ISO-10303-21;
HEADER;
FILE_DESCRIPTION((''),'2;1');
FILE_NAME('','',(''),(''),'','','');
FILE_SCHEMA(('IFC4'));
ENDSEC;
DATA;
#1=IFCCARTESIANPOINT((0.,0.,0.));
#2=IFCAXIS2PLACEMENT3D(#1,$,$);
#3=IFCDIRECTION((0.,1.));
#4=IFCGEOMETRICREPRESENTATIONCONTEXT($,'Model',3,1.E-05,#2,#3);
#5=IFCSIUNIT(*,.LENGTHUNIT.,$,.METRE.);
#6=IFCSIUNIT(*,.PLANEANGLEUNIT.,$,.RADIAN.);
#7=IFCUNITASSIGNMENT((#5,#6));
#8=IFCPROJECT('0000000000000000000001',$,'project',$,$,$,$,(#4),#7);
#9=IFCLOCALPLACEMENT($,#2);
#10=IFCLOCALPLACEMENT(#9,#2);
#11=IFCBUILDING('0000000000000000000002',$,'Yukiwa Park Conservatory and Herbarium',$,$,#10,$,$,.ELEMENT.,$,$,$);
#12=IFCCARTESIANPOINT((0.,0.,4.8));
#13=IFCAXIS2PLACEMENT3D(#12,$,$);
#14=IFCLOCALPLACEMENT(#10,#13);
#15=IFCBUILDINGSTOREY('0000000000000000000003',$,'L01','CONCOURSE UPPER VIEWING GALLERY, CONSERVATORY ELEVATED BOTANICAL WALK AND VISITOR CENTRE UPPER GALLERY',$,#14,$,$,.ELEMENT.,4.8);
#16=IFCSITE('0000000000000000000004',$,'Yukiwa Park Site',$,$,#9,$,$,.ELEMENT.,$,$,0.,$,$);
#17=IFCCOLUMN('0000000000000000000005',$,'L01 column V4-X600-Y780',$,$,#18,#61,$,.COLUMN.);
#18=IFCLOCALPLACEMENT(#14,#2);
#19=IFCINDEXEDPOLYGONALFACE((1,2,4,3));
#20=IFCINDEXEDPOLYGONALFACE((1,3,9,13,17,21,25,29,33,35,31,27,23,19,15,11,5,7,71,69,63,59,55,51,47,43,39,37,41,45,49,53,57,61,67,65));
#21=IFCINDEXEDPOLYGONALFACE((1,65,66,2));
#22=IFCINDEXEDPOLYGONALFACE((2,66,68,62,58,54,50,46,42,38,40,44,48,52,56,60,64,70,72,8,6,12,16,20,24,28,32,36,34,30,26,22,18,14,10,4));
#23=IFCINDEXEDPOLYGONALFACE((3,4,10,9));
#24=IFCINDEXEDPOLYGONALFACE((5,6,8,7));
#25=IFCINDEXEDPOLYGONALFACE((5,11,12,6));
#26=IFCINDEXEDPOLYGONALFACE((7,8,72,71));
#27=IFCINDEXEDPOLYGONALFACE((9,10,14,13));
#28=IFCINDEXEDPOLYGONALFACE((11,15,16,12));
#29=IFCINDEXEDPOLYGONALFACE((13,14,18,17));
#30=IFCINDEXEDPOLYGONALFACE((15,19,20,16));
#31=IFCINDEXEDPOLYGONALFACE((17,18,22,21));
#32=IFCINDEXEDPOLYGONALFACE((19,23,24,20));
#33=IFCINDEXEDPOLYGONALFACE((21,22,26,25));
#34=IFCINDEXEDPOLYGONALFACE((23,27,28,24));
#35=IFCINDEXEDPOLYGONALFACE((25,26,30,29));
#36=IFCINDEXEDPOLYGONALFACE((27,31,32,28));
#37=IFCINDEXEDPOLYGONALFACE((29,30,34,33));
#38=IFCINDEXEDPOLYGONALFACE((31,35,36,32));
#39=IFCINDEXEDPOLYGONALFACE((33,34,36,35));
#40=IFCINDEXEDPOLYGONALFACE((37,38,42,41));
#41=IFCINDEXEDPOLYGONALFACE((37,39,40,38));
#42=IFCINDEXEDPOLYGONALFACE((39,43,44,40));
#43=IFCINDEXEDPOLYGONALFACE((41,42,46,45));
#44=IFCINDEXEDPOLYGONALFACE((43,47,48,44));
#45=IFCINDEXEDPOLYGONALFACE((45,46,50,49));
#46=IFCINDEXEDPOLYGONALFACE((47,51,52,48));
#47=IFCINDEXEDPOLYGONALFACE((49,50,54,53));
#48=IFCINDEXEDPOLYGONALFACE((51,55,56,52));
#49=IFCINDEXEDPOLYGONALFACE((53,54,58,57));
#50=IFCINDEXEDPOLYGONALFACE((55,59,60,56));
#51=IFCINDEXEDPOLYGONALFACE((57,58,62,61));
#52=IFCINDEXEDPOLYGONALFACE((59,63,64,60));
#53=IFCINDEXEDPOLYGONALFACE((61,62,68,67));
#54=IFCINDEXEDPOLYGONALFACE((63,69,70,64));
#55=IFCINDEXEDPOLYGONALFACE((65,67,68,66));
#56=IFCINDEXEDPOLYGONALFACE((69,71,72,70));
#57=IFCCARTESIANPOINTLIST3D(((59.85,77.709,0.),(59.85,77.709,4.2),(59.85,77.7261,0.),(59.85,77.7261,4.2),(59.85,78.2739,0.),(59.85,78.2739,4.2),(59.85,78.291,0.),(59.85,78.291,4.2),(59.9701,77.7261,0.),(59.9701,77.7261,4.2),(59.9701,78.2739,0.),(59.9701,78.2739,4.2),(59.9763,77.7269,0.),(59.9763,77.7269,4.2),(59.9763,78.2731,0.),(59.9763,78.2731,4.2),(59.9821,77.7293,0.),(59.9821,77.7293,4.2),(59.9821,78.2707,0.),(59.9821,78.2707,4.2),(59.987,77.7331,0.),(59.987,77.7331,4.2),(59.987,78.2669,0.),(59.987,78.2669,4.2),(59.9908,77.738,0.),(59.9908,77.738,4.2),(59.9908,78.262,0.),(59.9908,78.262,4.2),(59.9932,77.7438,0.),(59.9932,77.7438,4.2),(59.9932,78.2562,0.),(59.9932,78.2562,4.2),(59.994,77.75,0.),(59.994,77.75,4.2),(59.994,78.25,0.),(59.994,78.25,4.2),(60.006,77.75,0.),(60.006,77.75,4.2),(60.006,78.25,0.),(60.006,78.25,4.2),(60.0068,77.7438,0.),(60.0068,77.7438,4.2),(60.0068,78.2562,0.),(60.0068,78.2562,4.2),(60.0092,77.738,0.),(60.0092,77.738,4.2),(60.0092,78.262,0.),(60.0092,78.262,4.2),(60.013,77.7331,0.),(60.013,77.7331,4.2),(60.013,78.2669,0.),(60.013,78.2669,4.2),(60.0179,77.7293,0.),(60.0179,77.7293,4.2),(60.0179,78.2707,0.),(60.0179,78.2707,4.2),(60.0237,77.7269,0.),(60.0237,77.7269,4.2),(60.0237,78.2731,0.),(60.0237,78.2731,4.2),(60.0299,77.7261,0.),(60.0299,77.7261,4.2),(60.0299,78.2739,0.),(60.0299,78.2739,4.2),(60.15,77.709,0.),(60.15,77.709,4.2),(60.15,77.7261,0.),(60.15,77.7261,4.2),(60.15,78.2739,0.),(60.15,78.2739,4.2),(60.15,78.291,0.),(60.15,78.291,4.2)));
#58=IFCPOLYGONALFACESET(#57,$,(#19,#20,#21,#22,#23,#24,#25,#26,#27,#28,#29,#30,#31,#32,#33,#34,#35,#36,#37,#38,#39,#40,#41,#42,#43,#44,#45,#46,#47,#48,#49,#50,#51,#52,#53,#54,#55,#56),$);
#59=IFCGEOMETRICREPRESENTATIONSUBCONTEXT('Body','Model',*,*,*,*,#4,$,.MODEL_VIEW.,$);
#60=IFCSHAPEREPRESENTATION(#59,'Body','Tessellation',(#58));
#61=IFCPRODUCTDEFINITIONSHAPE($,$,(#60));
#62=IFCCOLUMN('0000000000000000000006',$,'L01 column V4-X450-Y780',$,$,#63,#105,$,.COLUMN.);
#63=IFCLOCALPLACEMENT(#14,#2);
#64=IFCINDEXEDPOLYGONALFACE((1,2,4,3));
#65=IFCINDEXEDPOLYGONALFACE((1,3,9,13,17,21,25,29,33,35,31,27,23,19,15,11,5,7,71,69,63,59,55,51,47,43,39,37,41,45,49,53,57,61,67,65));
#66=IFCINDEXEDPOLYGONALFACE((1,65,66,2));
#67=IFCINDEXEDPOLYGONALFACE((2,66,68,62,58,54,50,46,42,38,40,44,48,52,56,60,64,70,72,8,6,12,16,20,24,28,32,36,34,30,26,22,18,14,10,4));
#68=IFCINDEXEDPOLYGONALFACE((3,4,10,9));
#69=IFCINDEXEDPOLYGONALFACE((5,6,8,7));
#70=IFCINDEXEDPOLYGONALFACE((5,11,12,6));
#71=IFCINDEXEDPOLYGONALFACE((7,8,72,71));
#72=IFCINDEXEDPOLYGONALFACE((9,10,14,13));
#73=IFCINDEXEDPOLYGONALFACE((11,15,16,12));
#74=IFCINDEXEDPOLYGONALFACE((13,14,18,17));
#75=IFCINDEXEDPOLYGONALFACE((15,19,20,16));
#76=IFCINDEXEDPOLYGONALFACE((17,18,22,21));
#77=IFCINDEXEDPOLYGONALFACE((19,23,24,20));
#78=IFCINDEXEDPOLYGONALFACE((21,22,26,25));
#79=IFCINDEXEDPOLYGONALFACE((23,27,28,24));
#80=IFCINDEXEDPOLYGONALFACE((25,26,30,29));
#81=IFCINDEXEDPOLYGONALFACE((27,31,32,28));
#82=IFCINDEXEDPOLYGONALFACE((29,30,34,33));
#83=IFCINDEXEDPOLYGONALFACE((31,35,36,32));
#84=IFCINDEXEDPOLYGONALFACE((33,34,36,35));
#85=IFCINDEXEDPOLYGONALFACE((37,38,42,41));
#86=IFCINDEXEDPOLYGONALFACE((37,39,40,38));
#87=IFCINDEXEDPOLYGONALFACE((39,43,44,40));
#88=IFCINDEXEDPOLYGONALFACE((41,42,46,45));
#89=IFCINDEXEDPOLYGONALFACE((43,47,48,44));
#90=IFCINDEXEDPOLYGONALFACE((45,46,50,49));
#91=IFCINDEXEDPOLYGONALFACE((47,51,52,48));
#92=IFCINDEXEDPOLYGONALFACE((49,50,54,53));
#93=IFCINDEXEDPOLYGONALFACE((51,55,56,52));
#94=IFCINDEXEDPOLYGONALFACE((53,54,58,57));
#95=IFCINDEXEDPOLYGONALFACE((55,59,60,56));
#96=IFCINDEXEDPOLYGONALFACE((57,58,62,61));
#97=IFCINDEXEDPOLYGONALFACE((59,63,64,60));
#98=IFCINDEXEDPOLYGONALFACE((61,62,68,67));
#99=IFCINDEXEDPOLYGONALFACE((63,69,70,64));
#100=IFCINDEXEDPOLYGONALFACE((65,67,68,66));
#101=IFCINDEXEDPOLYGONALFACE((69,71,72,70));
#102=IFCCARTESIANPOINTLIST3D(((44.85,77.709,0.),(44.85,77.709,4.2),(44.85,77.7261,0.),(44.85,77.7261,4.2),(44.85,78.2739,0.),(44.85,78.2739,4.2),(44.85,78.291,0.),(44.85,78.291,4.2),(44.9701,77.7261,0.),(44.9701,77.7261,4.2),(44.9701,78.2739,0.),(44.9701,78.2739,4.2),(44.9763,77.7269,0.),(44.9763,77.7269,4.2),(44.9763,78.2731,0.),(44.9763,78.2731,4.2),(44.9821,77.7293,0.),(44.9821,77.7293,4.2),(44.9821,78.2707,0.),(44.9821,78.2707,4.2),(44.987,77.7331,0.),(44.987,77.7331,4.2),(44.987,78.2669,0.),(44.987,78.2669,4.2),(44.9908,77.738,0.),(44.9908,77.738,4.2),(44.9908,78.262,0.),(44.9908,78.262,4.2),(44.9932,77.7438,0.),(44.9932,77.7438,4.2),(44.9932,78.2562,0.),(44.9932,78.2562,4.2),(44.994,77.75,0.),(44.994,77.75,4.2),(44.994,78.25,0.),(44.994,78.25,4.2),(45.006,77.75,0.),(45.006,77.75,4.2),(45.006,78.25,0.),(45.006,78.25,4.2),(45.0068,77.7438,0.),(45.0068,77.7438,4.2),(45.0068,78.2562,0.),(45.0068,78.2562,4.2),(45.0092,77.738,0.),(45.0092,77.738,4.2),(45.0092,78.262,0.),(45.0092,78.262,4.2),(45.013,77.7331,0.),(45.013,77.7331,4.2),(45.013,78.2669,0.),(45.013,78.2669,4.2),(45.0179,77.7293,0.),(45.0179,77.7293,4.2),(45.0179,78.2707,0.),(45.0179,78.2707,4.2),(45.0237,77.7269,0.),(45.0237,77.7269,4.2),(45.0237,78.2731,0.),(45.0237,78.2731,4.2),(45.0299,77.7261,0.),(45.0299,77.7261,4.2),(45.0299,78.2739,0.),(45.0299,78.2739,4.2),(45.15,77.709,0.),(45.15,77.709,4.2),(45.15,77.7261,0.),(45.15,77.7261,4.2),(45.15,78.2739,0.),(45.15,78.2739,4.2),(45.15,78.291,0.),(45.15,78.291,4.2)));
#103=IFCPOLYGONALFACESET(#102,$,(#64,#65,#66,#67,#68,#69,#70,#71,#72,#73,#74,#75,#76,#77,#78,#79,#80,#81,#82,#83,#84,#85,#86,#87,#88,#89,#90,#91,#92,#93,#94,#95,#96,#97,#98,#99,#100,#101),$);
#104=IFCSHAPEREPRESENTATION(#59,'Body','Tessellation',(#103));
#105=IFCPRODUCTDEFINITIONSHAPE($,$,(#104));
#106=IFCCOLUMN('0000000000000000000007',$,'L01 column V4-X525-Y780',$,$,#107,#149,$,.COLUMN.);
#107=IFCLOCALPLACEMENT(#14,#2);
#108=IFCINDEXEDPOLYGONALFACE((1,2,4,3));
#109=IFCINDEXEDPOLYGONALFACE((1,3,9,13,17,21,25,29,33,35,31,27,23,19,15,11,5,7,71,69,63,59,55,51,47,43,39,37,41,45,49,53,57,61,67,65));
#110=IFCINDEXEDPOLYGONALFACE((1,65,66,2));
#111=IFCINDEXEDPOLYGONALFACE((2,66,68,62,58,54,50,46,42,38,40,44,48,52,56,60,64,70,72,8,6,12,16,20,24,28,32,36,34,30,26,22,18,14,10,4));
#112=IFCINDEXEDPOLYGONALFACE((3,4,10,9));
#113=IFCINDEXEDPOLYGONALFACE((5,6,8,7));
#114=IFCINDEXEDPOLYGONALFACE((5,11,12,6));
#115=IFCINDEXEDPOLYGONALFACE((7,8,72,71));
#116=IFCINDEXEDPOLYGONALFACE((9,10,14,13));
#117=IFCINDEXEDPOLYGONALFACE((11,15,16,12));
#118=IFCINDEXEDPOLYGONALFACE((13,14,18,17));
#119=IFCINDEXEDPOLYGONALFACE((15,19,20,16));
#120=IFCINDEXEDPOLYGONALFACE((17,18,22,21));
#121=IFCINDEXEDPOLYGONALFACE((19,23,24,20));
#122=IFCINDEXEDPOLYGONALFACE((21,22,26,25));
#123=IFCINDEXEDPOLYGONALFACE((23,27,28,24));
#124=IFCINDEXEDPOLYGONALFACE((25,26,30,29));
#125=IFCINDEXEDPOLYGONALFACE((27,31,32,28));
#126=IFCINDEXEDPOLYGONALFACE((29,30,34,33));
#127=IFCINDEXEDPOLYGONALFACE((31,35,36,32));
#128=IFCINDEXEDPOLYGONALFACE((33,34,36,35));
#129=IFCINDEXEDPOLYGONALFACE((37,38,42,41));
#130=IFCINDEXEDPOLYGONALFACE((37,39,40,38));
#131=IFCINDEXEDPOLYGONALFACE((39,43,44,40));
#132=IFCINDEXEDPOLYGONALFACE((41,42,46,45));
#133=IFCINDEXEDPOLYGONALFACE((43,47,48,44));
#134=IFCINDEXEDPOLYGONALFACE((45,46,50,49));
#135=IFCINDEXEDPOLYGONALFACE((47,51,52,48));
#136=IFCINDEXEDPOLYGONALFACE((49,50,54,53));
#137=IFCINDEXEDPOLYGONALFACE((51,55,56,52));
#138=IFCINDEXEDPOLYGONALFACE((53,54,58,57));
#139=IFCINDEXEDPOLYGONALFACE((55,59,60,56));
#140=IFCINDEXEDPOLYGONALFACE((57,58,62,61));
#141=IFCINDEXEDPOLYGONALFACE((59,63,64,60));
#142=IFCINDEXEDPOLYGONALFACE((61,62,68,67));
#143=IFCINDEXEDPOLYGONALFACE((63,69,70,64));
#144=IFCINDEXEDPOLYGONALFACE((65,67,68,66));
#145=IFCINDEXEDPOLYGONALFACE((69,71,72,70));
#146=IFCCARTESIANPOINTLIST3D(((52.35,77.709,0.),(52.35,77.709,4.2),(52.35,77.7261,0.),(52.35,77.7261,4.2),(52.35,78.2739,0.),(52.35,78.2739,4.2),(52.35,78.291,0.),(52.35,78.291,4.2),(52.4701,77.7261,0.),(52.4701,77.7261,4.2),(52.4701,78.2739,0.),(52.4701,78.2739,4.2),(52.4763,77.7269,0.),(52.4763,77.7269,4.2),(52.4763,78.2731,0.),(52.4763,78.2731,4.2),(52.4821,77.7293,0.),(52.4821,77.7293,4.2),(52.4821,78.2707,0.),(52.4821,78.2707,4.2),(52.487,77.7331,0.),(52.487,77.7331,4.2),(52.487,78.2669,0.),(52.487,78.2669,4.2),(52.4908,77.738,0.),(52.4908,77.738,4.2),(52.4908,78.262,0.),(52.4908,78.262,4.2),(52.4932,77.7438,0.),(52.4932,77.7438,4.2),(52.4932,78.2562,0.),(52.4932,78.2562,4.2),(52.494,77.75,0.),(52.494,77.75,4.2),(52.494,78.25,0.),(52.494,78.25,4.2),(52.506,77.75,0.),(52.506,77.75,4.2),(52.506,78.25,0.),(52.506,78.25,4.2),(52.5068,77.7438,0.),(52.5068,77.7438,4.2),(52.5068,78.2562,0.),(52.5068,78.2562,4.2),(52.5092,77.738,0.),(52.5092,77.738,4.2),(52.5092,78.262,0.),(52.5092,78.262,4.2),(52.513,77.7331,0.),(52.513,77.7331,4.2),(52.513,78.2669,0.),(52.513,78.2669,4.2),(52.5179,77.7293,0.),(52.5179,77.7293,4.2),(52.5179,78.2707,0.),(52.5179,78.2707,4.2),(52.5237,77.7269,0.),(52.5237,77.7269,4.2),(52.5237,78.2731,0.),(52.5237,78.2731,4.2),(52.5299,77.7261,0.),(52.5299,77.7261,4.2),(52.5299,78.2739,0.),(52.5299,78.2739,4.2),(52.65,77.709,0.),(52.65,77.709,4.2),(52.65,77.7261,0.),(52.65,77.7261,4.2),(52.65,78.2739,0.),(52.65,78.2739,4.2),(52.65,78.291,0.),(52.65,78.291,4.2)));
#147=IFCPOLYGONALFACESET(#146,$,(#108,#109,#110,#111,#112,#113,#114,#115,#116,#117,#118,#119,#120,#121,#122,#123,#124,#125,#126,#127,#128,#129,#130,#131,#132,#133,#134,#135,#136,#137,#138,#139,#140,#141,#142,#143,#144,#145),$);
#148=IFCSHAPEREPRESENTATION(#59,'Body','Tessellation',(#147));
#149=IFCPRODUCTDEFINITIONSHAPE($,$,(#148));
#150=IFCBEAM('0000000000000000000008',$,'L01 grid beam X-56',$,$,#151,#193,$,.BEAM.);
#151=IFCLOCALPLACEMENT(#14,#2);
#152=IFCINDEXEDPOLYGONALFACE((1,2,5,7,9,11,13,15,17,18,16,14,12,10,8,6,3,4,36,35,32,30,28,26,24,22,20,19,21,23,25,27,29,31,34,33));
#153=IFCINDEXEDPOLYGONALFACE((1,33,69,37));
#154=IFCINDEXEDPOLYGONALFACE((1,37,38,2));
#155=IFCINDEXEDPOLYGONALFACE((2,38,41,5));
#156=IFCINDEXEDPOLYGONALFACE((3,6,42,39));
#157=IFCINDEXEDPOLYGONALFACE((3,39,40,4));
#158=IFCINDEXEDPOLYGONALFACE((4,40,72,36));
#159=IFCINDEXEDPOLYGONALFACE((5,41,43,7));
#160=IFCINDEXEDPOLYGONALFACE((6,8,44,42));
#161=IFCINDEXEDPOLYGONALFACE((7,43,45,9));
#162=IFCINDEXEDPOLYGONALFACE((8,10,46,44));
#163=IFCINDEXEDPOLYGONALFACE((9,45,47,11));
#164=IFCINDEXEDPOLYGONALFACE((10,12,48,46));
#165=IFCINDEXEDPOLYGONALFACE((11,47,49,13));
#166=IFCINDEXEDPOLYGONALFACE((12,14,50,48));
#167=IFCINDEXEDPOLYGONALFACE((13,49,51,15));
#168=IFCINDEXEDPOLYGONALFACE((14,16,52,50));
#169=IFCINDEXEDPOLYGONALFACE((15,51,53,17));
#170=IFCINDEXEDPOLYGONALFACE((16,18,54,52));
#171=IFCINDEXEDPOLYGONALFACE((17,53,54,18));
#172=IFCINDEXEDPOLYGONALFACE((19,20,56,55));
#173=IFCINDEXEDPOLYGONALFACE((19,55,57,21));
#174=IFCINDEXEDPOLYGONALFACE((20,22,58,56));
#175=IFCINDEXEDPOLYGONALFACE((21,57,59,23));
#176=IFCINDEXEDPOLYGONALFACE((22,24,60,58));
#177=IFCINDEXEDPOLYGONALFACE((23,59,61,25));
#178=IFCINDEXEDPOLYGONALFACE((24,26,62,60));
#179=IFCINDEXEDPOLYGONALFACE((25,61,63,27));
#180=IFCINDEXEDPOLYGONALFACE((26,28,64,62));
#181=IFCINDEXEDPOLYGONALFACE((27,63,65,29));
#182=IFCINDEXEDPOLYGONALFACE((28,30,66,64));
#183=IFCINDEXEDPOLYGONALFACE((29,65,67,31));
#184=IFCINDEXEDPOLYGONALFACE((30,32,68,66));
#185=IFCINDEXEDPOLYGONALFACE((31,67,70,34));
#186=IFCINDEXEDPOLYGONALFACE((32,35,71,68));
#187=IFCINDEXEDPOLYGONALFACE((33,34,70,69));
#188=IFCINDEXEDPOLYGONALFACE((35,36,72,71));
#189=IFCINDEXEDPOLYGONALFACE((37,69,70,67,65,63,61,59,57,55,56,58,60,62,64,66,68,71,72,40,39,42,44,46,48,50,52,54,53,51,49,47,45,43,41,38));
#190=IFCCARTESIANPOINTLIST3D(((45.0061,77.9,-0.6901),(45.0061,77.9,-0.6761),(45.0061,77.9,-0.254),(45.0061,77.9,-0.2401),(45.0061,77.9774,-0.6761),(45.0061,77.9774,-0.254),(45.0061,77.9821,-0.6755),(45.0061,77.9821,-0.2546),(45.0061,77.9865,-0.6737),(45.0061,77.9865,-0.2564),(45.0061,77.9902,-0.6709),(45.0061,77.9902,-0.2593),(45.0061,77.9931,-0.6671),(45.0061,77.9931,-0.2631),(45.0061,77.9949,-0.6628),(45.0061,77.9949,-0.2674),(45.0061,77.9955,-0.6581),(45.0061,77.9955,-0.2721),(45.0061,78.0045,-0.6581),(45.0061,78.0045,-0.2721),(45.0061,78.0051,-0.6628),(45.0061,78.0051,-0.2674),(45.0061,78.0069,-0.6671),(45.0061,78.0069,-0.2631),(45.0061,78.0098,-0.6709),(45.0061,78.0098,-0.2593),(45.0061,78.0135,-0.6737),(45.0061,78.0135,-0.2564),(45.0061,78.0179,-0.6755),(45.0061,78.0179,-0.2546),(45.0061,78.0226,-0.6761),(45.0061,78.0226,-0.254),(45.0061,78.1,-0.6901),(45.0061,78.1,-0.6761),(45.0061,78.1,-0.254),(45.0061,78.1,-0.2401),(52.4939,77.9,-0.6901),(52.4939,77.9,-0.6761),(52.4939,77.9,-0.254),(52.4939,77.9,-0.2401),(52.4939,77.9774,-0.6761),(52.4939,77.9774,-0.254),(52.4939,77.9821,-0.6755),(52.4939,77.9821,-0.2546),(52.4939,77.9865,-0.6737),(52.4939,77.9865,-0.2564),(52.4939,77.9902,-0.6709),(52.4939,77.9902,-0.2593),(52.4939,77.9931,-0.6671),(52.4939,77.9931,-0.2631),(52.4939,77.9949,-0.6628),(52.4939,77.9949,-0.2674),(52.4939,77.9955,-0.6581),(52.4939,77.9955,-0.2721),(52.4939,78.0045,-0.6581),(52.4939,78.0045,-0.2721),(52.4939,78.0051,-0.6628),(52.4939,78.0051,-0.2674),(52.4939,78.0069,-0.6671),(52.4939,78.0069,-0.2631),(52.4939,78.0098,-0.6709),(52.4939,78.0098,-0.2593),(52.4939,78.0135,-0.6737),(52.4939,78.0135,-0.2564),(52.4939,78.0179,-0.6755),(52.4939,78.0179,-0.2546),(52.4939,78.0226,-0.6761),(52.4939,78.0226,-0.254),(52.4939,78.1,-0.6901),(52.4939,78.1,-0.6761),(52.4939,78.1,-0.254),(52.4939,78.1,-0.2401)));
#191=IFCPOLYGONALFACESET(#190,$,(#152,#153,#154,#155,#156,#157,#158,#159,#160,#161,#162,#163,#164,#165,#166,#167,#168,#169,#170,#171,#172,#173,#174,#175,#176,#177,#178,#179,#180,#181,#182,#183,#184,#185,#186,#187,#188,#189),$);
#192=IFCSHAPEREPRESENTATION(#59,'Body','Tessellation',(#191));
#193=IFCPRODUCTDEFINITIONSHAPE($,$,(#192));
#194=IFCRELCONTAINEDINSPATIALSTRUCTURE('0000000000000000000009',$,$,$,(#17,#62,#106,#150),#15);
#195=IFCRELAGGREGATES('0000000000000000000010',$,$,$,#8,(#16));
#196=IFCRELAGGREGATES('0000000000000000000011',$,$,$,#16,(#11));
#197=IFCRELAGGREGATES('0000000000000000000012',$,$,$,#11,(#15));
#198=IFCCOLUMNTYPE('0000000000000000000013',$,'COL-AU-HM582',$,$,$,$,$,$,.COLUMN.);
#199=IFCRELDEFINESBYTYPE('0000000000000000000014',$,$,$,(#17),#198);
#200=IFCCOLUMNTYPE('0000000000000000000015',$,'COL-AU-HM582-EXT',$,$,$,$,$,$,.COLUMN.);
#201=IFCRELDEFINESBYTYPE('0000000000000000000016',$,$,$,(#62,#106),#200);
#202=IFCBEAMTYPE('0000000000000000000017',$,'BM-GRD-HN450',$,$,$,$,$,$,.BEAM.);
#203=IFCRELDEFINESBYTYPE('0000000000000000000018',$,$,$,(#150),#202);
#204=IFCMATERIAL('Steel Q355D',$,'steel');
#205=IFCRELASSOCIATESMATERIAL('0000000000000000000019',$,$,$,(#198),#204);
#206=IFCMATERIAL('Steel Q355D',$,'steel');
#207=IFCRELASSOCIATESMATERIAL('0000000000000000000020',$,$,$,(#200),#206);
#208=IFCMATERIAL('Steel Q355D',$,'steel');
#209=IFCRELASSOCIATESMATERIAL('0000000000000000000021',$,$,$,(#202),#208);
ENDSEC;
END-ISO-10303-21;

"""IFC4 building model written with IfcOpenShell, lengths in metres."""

from ifc_helpers import new_model, si_unit, direction, frame, origin, origin_2d, place, context, subcontext, project, spatial, i_section, extrude, material, material_profile, profile_set, type_object, element, save


model = new_model("IFC4")

# Units and contexts
model_context = context("Model", 3, precision=1e-05, world=origin(), true_north=direction((0.0, 1.0)))
body_context = subcontext(model_context, "Body", "Model", "MODEL_VIEW")
ifc_project = project(units=[si_unit("LENGTHUNIT", "METRE"), si_unit("PLANEANGLEUNIT", "RADIAN")], contexts=[model_context])

# Site, building, storey
site_placement = place(None, origin())
site = spatial("IfcSite", under=ifc_project, at=site_placement, Name="Yukiwa Park Site", CompositionType="ELEMENT", RefElevation=0.0)
building_placement = place(site_placement, origin())
building = spatial("IfcBuilding", under=site, at=building_placement, Name="Yukiwa Park Conservatory and Herbarium", CompositionType="ELEMENT")
storey_placement = place(building_placement, frame((0.0, 0.0, 4.8)))
storey = spatial("IfcBuildingStorey", under=building, at=storey_placement, Name="L01", Description="CONCOURSE UPPER VIEWING GALLERY, CONSERVATORY ELEVATED BOTANICAL WALK AND VISITOR CENTRE UPPER GALLERY", CompositionType="ELEMENT", Elevation=4.8)

# Columns
ifc_material_1 = material(Name="Steel Q355D", Category="steel")
ifc_material_profile_1 = material_profile(ifc_material_1, i_section(OverallWidth=0.3, OverallDepth=0.582, WebThickness=0.012, FlangeThickness=0.0171, FilletRadius=0.0239, at=origin_2d()), Name="HM 582x300x12x17")
ifc_profile_set_1 = profile_set([ifc_material_profile_1], Name="Steel Q355D")
column_type_1 = type_object("IfcColumnType", Name="COL-AU-HM582", PredefinedType="COLUMN", material=ifc_profile_set_1)
column_placement = place(storey_placement, frame((60.0, 78.0, 0.0), z_axis=(0.0, 0.0, 1.0), x_axis=(1.0, 0.0, 0.0)))
element("IfcColumn", 1, at=column_placement, inside=storey, type_object=column_type_1, Name="L01 column V4-X600-Y780", PredefinedType="COLUMN", context=body_context, shape_type="SweptSolid", body=[
    extrude(i_section(OverallWidth=0.3, OverallDepth=0.582, WebThickness=0.012, FlangeThickness=0.0171, FilletRadius=0.0239, at=origin_2d()), origin(), (0.0, 0.0, 1.0), 4.2),
])
ifc_material_2 = material(Name="Steel Q355D", Category="steel")
ifc_material_profile_2 = material_profile(ifc_material_2, i_section(OverallWidth=0.3, OverallDepth=0.582, WebThickness=0.012, FlangeThickness=0.0171, FilletRadius=0.0239, at=origin_2d()), Name="HM 582x300x12x17")
ifc_profile_set_2 = profile_set([ifc_material_profile_2], Name="Steel Q355D")
column_type_2 = type_object("IfcColumnType", Name="COL-AU-HM582-EXT", PredefinedType="COLUMN", material=ifc_profile_set_2)
for number, where, z_axis, x_axis, name in (
    (2, (45.0, 78.0, 0.0), (0.0, 0.0, 1.0), (1.0, 0.0, 0.0), "L01 column V4-X450-Y780"),
    (3, (52.5, 78.0, 0.0), (0.0, 0.0, 1.0), (1.0, 0.0, 0.0), "L01 column V4-X525-Y780"),
):
    element("IfcColumn", number, at=place(storey_placement, frame(where, z_axis=z_axis, x_axis=x_axis)), inside=storey, type_object=column_type_2, Name=name, PredefinedType="COLUMN", context=body_context, shape_type="SweptSolid", body=[
        extrude(i_section(OverallWidth=0.3, OverallDepth=0.582, WebThickness=0.012, FlangeThickness=0.0171, FilletRadius=0.0239, at=origin_2d()), origin(), (0.0, 0.0, 1.0), 4.2),
    ])

# Beam
ifc_material_3 = material(Name="Steel Q355D", Category="steel")
ifc_material_profile_3 = material_profile(ifc_material_3, i_section(OverallWidth=0.2, OverallDepth=0.45, WebThickness=0.009, FlangeThickness=0.0139, FilletRadius=0.0181, at=origin_2d()), Name="HN 450x200x9x14")
ifc_profile_set_3 = profile_set([ifc_material_profile_3], Name="Steel Q355D")
beam_type_1 = type_object("IfcBeamType", Name="BM-GRD-HN450", PredefinedType="BEAM", material=ifc_profile_set_3)
for number, where, z_axis, x_axis, name in (
    (4, (45.0061, 78.0, -0.4651), (1.0, 0.0, 0.0), (0.0, 1.0, 0.0), "L01 grid beam X-56"),
):
    element("IfcBeam", number, at=place(storey_placement, frame(where, z_axis=z_axis, x_axis=x_axis)), inside=storey, type_object=beam_type_1, Name=name, PredefinedType="BEAM", context=body_context, shape_type="SweptSolid", body=[
        extrude(i_section(OverallWidth=0.2, OverallDepth=0.45, WebThickness=0.009, FlangeThickness=0.0139, FilletRadius=0.0181, at=origin_2d()), origin(), (0.0, 0.0, 1.0), 7.4878),
    ])

save(model, "model.ifc")
